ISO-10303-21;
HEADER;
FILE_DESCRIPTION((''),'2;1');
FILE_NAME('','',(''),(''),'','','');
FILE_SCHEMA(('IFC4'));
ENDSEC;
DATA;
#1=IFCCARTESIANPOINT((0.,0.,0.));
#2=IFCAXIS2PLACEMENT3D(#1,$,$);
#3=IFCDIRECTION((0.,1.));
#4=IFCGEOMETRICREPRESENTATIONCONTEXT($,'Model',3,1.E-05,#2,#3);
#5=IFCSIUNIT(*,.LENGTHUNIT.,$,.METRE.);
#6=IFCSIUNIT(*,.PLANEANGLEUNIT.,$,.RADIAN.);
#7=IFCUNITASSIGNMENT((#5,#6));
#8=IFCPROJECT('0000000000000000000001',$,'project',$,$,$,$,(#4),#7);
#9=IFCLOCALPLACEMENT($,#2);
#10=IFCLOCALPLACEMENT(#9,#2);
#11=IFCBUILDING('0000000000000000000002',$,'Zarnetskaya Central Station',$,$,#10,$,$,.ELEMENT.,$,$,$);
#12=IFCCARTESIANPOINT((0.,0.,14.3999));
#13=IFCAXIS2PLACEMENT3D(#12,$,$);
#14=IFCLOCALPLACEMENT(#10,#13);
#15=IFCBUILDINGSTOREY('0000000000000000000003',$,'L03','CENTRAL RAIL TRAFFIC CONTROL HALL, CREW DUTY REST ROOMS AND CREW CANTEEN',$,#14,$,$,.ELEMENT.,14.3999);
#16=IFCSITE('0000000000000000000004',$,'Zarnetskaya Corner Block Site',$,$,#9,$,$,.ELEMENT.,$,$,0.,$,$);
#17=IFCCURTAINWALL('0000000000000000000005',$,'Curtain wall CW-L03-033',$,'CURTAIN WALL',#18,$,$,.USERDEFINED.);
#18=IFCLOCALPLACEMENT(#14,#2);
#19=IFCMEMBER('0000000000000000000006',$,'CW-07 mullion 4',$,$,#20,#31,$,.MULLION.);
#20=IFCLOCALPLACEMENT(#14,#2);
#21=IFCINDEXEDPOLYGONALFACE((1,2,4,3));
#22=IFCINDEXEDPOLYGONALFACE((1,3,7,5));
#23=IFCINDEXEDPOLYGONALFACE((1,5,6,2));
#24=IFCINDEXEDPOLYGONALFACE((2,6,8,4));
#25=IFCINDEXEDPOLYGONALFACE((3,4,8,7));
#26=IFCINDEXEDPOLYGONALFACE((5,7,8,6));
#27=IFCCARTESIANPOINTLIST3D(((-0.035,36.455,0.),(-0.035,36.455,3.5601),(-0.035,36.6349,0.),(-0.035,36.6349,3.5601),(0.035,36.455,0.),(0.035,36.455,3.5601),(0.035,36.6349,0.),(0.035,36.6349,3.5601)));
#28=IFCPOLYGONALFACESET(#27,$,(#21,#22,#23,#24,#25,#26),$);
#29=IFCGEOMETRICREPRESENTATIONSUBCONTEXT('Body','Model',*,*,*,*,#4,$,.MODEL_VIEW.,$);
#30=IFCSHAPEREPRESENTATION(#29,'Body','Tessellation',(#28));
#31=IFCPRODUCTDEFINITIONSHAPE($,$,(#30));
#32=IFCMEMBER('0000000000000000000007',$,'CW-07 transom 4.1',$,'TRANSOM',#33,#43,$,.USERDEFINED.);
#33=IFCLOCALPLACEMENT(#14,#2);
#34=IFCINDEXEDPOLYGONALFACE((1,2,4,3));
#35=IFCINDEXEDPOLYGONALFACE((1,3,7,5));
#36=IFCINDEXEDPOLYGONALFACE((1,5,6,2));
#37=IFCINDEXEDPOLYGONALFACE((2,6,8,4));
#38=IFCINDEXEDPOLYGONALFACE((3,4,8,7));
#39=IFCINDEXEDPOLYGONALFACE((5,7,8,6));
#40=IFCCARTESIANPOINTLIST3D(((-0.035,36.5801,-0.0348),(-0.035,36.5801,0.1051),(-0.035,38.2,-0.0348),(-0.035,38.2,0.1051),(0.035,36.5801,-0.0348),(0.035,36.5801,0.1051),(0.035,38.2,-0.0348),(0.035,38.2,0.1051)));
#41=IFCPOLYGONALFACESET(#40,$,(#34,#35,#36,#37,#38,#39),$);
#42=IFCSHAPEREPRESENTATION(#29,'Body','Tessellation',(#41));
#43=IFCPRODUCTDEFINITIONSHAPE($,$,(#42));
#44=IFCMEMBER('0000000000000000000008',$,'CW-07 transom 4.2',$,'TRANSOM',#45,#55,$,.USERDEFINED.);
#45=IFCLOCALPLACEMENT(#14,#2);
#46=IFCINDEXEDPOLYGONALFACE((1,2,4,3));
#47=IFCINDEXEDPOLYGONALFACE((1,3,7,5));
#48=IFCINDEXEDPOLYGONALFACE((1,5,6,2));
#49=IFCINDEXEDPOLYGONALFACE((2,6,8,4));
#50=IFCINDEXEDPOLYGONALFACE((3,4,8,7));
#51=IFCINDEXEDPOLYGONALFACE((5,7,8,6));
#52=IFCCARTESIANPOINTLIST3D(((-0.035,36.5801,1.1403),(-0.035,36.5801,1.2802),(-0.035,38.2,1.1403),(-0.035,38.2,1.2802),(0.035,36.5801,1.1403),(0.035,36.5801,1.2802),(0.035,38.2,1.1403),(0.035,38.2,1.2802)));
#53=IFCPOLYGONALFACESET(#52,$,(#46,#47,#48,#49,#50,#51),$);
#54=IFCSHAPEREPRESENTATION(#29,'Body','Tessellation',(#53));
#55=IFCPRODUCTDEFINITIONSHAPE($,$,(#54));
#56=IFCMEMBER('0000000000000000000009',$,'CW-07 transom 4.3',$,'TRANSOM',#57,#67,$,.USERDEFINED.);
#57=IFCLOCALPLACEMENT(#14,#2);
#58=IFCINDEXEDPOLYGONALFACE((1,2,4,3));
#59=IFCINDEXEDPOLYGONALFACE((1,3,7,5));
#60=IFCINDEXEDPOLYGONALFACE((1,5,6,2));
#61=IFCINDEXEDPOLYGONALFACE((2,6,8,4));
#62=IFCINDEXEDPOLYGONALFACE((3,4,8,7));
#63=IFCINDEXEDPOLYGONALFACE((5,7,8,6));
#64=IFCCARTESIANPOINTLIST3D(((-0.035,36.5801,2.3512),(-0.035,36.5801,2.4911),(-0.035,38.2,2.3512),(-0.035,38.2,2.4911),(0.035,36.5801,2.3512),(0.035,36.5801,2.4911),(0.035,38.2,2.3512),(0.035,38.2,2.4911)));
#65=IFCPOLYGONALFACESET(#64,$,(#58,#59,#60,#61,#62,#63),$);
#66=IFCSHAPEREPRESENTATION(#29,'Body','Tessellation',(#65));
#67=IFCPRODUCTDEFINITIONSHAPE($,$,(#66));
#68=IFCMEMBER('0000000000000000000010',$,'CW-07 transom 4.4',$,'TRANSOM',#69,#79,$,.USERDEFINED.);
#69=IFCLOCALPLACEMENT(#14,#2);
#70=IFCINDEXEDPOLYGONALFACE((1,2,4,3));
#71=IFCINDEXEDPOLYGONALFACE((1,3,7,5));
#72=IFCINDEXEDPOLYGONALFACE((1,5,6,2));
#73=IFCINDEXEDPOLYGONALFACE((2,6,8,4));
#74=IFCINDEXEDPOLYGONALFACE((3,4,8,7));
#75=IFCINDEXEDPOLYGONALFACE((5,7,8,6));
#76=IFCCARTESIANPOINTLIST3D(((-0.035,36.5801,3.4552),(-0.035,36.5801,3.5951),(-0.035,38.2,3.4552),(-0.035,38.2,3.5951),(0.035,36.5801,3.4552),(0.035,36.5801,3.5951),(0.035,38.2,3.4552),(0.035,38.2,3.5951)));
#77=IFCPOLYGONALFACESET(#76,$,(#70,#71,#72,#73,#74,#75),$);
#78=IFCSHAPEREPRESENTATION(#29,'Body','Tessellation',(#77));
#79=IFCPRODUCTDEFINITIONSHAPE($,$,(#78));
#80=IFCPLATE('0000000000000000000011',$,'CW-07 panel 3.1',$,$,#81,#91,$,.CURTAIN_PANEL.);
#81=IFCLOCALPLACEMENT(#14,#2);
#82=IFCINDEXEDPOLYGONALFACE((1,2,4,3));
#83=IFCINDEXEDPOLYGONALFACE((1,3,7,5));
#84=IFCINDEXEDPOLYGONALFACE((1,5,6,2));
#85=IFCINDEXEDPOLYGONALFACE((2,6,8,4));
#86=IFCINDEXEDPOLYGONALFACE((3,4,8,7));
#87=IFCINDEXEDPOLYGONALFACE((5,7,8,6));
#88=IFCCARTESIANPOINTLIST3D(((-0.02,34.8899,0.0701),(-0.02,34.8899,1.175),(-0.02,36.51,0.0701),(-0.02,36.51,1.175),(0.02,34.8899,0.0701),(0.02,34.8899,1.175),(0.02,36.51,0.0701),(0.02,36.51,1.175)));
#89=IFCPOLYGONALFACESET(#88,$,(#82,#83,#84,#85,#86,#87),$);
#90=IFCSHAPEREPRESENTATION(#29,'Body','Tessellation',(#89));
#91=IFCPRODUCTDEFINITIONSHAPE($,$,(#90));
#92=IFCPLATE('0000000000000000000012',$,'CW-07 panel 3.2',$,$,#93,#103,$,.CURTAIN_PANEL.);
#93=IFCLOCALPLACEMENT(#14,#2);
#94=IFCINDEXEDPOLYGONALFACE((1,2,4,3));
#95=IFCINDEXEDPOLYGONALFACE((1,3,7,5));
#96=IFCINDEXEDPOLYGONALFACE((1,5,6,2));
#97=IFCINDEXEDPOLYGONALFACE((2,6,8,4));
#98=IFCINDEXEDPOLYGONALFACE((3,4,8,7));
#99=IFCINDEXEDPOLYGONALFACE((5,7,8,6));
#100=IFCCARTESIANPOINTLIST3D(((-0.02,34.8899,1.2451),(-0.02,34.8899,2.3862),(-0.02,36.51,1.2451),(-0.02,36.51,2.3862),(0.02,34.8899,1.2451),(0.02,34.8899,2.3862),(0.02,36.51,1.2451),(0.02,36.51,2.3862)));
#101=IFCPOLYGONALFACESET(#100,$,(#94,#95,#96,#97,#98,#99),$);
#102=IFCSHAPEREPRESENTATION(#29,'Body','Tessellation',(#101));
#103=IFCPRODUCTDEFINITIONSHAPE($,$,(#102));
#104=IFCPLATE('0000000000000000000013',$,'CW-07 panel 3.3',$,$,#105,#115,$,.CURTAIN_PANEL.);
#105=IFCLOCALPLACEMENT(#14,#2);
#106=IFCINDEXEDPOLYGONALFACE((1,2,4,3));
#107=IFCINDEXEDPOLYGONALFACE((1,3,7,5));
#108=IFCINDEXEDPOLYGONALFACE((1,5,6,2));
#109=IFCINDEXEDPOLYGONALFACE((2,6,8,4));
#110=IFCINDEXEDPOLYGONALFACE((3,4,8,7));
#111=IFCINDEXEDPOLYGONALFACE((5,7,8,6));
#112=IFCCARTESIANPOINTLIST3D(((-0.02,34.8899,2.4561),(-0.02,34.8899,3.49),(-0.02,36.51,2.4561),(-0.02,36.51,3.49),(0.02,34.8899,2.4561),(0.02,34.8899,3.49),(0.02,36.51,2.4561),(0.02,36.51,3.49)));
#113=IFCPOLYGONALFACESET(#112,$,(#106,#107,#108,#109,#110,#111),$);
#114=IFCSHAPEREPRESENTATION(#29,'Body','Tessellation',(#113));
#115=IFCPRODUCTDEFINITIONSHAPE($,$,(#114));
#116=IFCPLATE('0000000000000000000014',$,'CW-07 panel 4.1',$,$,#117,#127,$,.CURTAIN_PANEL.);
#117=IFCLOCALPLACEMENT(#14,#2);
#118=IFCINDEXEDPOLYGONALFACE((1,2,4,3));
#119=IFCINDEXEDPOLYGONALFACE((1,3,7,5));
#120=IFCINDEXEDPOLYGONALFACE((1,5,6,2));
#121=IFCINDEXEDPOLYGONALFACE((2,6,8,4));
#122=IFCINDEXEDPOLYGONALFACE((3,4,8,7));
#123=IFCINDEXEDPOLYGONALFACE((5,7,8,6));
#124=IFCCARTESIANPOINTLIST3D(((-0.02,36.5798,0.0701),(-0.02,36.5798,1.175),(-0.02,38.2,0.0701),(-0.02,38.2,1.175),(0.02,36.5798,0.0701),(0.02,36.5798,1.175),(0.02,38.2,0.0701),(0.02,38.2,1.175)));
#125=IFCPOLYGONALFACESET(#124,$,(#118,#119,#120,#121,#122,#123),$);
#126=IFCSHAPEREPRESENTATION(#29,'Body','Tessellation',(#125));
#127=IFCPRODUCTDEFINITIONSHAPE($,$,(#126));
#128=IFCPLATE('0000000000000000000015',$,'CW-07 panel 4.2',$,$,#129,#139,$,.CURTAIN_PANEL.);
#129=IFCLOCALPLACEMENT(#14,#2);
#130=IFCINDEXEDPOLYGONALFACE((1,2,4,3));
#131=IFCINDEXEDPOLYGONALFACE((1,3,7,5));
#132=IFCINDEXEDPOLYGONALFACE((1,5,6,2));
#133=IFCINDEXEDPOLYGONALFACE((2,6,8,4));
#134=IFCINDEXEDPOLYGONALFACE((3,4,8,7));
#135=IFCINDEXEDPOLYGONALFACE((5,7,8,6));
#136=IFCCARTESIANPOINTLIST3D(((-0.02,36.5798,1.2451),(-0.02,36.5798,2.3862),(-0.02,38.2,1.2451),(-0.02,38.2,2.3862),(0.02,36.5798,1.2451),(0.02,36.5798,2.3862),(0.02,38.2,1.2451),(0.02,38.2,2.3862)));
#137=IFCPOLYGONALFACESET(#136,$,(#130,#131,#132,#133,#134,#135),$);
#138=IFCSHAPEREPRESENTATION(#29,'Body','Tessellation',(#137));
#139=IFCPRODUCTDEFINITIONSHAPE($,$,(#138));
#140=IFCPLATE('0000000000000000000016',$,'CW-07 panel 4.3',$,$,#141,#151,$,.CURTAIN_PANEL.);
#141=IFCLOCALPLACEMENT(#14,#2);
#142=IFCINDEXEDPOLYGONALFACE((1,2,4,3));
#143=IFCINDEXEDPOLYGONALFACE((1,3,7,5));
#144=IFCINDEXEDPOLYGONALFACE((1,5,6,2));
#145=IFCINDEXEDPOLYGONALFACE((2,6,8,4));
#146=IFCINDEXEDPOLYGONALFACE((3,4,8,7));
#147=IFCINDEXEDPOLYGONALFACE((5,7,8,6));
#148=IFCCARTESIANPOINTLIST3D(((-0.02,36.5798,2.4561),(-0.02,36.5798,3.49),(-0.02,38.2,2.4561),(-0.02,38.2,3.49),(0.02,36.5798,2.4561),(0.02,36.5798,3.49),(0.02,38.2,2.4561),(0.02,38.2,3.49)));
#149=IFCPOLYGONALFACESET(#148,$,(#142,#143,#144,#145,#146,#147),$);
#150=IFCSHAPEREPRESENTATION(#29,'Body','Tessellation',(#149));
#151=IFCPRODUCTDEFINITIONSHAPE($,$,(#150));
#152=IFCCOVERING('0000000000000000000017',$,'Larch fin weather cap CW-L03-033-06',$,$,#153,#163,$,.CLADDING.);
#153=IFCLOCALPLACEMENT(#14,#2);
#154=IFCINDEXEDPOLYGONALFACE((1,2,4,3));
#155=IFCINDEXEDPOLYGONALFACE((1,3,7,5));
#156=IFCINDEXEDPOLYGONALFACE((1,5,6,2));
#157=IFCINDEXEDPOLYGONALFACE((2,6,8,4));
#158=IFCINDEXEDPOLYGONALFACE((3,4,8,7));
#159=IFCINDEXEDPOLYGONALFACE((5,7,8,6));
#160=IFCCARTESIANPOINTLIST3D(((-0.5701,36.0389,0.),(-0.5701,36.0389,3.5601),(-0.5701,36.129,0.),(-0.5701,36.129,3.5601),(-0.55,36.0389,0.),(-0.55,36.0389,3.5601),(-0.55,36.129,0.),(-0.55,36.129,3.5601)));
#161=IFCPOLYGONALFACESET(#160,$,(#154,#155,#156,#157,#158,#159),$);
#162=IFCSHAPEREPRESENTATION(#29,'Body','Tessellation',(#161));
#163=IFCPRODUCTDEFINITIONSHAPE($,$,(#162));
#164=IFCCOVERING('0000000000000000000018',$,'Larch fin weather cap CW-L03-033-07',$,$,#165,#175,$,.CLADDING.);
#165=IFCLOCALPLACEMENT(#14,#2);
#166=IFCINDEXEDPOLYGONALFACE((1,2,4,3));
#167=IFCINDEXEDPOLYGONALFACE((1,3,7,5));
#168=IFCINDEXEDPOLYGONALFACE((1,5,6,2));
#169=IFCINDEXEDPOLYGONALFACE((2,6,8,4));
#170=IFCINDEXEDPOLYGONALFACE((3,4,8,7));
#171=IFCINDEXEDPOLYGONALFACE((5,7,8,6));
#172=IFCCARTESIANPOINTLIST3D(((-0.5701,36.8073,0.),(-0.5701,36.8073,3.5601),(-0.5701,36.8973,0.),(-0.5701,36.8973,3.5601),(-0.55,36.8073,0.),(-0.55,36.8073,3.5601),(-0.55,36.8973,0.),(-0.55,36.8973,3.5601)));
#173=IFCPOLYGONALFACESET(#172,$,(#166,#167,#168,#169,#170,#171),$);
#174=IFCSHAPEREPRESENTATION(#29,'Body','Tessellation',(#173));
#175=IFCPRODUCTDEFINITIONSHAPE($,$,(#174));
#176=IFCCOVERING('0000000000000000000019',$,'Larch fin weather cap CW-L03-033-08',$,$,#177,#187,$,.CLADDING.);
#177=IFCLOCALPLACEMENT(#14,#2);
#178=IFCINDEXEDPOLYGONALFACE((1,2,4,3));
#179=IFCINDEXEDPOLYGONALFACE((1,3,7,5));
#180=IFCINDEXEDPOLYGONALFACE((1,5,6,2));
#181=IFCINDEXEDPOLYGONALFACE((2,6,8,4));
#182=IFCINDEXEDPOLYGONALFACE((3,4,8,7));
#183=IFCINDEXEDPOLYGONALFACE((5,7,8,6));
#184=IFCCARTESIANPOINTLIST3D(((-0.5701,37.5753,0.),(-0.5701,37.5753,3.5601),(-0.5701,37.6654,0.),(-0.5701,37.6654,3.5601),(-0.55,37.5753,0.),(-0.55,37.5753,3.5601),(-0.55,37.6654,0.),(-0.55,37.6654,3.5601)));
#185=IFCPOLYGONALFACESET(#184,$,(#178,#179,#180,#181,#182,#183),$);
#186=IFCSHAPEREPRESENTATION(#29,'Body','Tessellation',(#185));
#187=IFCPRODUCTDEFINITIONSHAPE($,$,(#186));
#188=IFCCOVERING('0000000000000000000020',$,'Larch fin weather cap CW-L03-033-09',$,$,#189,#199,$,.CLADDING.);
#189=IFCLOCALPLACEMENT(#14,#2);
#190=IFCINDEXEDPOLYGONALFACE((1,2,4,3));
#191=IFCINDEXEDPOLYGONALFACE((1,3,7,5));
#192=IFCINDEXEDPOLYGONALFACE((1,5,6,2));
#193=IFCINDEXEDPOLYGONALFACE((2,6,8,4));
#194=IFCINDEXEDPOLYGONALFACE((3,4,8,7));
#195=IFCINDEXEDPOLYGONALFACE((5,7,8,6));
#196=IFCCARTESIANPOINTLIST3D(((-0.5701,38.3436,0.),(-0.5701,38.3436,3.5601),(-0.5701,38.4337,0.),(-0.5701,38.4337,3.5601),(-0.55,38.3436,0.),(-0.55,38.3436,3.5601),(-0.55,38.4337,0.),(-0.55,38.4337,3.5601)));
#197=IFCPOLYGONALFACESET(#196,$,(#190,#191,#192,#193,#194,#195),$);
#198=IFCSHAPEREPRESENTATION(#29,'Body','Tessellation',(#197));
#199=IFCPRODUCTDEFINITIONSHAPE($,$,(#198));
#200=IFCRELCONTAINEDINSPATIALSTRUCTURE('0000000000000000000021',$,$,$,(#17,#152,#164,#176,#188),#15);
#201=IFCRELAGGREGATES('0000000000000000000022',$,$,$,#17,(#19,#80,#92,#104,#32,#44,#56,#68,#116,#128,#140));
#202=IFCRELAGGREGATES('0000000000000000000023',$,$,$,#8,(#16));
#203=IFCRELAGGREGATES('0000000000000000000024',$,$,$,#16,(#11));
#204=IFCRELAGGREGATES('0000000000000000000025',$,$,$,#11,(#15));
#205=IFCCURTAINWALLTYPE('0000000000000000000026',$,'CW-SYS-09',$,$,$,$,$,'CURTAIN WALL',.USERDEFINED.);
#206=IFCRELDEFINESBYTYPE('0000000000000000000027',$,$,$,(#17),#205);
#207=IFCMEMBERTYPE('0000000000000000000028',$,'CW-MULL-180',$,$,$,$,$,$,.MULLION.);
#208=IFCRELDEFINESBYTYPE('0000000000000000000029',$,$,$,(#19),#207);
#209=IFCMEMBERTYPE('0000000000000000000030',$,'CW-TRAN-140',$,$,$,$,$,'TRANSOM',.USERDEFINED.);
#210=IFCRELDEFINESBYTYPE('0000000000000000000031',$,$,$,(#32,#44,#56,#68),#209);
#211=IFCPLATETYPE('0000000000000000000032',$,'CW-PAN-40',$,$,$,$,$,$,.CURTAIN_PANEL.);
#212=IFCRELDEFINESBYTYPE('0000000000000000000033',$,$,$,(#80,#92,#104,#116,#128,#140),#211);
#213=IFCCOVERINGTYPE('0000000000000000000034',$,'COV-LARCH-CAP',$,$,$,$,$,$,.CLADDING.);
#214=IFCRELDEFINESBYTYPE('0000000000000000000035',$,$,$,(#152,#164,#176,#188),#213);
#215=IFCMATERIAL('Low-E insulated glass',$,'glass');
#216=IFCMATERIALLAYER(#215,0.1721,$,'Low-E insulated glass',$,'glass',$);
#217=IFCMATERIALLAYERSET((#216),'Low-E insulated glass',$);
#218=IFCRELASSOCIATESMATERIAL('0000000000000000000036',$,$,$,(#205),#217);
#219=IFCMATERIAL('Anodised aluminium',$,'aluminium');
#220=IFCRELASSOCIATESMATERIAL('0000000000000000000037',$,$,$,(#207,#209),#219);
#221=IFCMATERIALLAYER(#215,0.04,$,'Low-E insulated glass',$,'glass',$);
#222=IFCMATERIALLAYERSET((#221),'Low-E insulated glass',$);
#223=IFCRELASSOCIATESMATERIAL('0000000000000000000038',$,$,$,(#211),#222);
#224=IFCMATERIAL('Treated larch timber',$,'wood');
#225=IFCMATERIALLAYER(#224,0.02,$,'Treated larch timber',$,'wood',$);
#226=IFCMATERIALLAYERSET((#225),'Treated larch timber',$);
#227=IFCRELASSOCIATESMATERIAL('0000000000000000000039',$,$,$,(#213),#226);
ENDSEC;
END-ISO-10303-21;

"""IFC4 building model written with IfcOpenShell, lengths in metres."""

from ifc_helpers import new_model, si_unit, direction, frame, origin, origin_2d, place, context, subcontext, project, spatial, rectangle, extrude, material, layer, layer_set, material_profile, profile_set, type_object, element, aggregate, save


model = new_model("IFC4")

# Units and contexts
model_context = context("Model", 3, precision=1e-05, world=origin(), true_north=direction((0.0, 1.0)))
body_context = subcontext(model_context, "Body", "Model", "MODEL_VIEW")
ifc_project = project(units=[si_unit("LENGTHUNIT", "METRE"), si_unit("PLANEANGLEUNIT", "RADIAN")], contexts=[model_context])

# Site, building, storey
site_placement = place(None, origin())
site = spatial("IfcSite", under=ifc_project, at=site_placement, Name="Zarnetskaya Corner Block Site", CompositionType="ELEMENT", RefElevation=0.0)
building_placement = place(site_placement, origin())
building = spatial("IfcBuilding", under=site, at=building_placement, Name="Zarnetskaya Central Station", CompositionType="ELEMENT")
storey_placement = place(building_placement, frame((0.0, 0.0, 14.3999)))
storey = spatial("IfcBuildingStorey", under=building, at=storey_placement, Name="L03", Description="CENTRAL RAIL TRAFFIC CONTROL HALL, CREW DUTY REST ROOMS AND CREW CANTEEN", CompositionType="ELEMENT", Elevation=14.3999)

# Curtain wall, members, plates
ifc_material_1 = material(Name="Low-E insulated glass", Category="glass")
ifc_layer_1 = layer(ifc_material_1, 0.1721, Name="Low-E insulated glass", Category="glass")
ifc_layer_set_1 = layer_set([ifc_layer_1], Name="Low-E insulated glass")
curtain_wall_type = type_object("IfcCurtainWallType", Name="CW-SYS-09", ElementType="CURTAIN WALL", PredefinedType="USERDEFINED", material=ifc_layer_set_1)
curtain_wall_placement = place(storey_placement, origin())
curtain_wall = element("IfcCurtainWall", 1, at=curtain_wall_placement, inside=storey, type_object=curtain_wall_type, Name="Curtain wall CW-L03-033", ObjectType="CURTAIN WALL", PredefinedType="USERDEFINED")
ifc_material_2 = material(Name="Anodised aluminium", Category="aluminium")
ifc_material_profile_1 = material_profile(ifc_material_2, rectangle(XDim=0.0701, YDim=0.1799, at=origin_2d()), Name="ALU MULL 70x180")
ifc_profile_set_1 = profile_set([ifc_material_profile_1], Name="Anodised aluminium")
member_type_1 = type_object("IfcMemberType", Name="CW-MULL-180", PredefinedType="MULLION", material=ifc_profile_set_1)
member_1_placement = place(storey_placement, frame((0.0, 36.5449, 0.0), z_axis=(0.0, 0.0, 1.0), x_axis=(-1.0, 0.0, 0.0)))
member_1 = element("IfcMember", 2, at=member_1_placement, type_object=member_type_1, Name="CW-07 mullion 4", PredefinedType="MULLION", context=body_context, shape_type="SweptSolid", body=[
    extrude(rectangle(XDim=0.0701, YDim=0.1799, at=origin_2d()), origin(), (0.0, 0.0, 1.0), 3.5601),
])
ifc_material_profile_2 = material_profile(ifc_material_2, rectangle(XDim=0.0701, YDim=0.1399, at=origin_2d()), Name="ALU TRAN 70x140")
ifc_profile_set_2 = profile_set([ifc_material_profile_2], Name="Anodised aluminium")
member_type_2 = type_object("IfcMemberType", Name="CW-TRAN-140", ElementType="TRANSOM", PredefinedType="USERDEFINED", material=ifc_profile_set_2)
member_2_placement = place(storey_placement, frame((0.0, 36.5801, 0.0352), z_axis=(0.0, 1.0, 0.0), x_axis=(-1.0, 0.0, 0.0)))
member_2 = element("IfcMember", 3, at=member_2_placement, type_object=member_type_2, Name="CW-07 transom 4.1", ObjectType="TRANSOM", PredefinedType="USERDEFINED", context=body_context, shape_type="SweptSolid", body=[
    extrude(rectangle(XDim=0.0701, YDim=0.1399, at=origin_2d()), origin(), (0.0, 0.0, 1.0), 1.6199),
])
member_3_placement = place(storey_placement, frame((0.0, 36.5801, 1.2102), z_axis=(0.0, 1.0, 0.0), x_axis=(-1.0, 0.0, 0.0)))
member_3 = element("IfcMember", 4, at=member_3_placement, type_object=member_type_2, Name="CW-07 transom 4.2", ObjectType="TRANSOM", PredefinedType="USERDEFINED", context=body_context, shape_type="SweptSolid", body=[
    extrude(rectangle(XDim=0.0701, YDim=0.1399, at=origin_2d()), origin(), (0.0, 0.0, 1.0), 1.6199),
])
member_4_placement = place(storey_placement, frame((0.0, 36.5801, 2.4211), z_axis=(0.0, 1.0, 0.0), x_axis=(-1.0, 0.0, 0.0)))
member_4 = element("IfcMember", 5, at=member_4_placement, type_object=member_type_2, Name="CW-07 transom 4.3", ObjectType="TRANSOM", PredefinedType="USERDEFINED", context=body_context, shape_type="SweptSolid", body=[
    extrude(rectangle(XDim=0.0701, YDim=0.1399, at=origin_2d()), origin(), (0.0, 0.0, 1.0), 1.6199),
])
member_5_placement = place(storey_placement, frame((0.0, 36.5801, 3.5251), z_axis=(0.0, 1.0, 0.0), x_axis=(-1.0, 0.0, 0.0)))
member_5 = element("IfcMember", 6, at=member_5_placement, type_object=member_type_2, Name="CW-07 transom 4.4", ObjectType="TRANSOM", PredefinedType="USERDEFINED", context=body_context, shape_type="SweptSolid", body=[
    extrude(rectangle(XDim=0.0701, YDim=0.1399, at=origin_2d()), origin(), (0.0, 0.0, 1.0), 1.6199),
])
ifc_layer_2 = layer(ifc_material_1, 0.04, Name="Low-E insulated glass", Category="glass")
ifc_layer_set_2 = layer_set([ifc_layer_2], Name="Low-E insulated glass")
plate_type = type_object("IfcPlateType", Name="CW-PAN-40", PredefinedType="CURTAIN_PANEL", material=ifc_layer_set_2)
plate_1_placement = place(storey_placement, frame((0.0, 35.7, 0.0701), z_axis=(0.0, 0.0, 1.0), x_axis=(0.0, 1.0, 0.0)))
plate_1 = element("IfcPlate", 7, at=plate_1_placement, type_object=plate_type, Name="CW-07 panel 3.1", PredefinedType="CURTAIN_PANEL", context=body_context, shape_type="SweptSolid", body=[
    extrude(rectangle(XDim=1.6201, YDim=0.04, at=origin_2d()), origin(), (0.0, 0.0, 1.0), 1.105),
])
plate_2_placement = place(storey_placement, frame((0.0, 35.7, 1.2451), z_axis=(0.0, 0.0, 1.0), x_axis=(0.0, 1.0, 0.0)))
plate_2 = element("IfcPlate", 8, at=plate_2_placement, type_object=plate_type, Name="CW-07 panel 3.2", PredefinedType="CURTAIN_PANEL", context=body_context, shape_type="SweptSolid", body=[
    extrude(rectangle(XDim=1.6201, YDim=0.04, at=origin_2d()), origin(), (0.0, 0.0, 1.0), 1.1411),
])
plate_3_placement = place(storey_placement, frame((0.0, 35.7, 2.4561), z_axis=(0.0, 0.0, 1.0), x_axis=(0.0, 1.0, 0.0)))
plate_3 = element("IfcPlate", 9, at=plate_3_placement, type_object=plate_type, Name="CW-07 panel 3.3", PredefinedType="CURTAIN_PANEL", context=body_context, shape_type="SweptSolid", body=[
    extrude(rectangle(XDim=1.6201, YDim=0.04, at=origin_2d()), origin(), (0.0, 0.0, 1.0), 1.0339),
])
plate_4_placement = place(storey_placement, frame((0.0, 37.3899, 0.0701), z_axis=(0.0, 0.0, 1.0), x_axis=(0.0, 1.0, 0.0)))
plate_4 = element("IfcPlate", 10, at=plate_4_placement, type_object=plate_type, Name="CW-07 panel 4.1", PredefinedType="CURTAIN_PANEL", context=body_context, shape_type="SweptSolid", body=[
    extrude(rectangle(XDim=1.6201, YDim=0.04, at=origin_2d()), origin(), (0.0, 0.0, 1.0), 1.105),
])
plate_5_placement = place(storey_placement, frame((0.0, 37.3899, 1.2451), z_axis=(0.0, 0.0, 1.0), x_axis=(0.0, 1.0, 0.0)))
plate_5 = element("IfcPlate", 11, at=plate_5_placement, type_object=plate_type, Name="CW-07 panel 4.2", PredefinedType="CURTAIN_PANEL", context=body_context, shape_type="SweptSolid", body=[
    extrude(rectangle(XDim=1.6201, YDim=0.04, at=origin_2d()), origin(), (0.0, 0.0, 1.0), 1.1411),
])
plate_6_placement = place(storey_placement, frame((0.0, 37.3899, 2.4561), z_axis=(0.0, 0.0, 1.0), x_axis=(0.0, 1.0, 0.0)))
plate_6 = element("IfcPlate", 12, at=plate_6_placement, type_object=plate_type, Name="CW-07 panel 4.3", PredefinedType="CURTAIN_PANEL", context=body_context, shape_type="SweptSolid", body=[
    extrude(rectangle(XDim=1.6201, YDim=0.04, at=origin_2d()), origin(), (0.0, 0.0, 1.0), 1.0339),
])
aggregate(curtain_wall, [member_1, plate_1, plate_2, plate_3, member_2, member_3, member_4, member_5, plate_4, plate_5, plate_6])

# Coverings
ifc_material_3 = material(Name="Treated larch timber", Category="wood")
ifc_layer_3 = layer(ifc_material_3, 0.02, Name="Treated larch timber", Category="wood")
ifc_layer_set_3 = layer_set([ifc_layer_3], Name="Treated larch timber")
covering_type = type_object("IfcCoveringType", Name="COV-LARCH-CAP", PredefinedType="CLADDING", material=ifc_layer_set_3)
for number, where, z_axis, x_axis, name in (
    (13, (-0.5601, 36.084, 0.0), (0.0, 0.0, 1.0), (0.0, 1.0, 0.0), "Larch fin weather cap CW-L03-033-06"),
    (14, (-0.5601, 36.8523, 0.0), (0.0, 0.0, 1.0), (0.0, 1.0, 0.0), "Larch fin weather cap CW-L03-033-07"),
    (15, (-0.5601, 37.6204, 0.0), (0.0, 0.0, 1.0), (0.0, 1.0, 0.0), "Larch fin weather cap CW-L03-033-08"),
    (16, (-0.5601, 38.3887, 0.0), (0.0, 0.0, 1.0), (0.0, 1.0, 0.0), "Larch fin weather cap CW-L03-033-09"),
):
    element("IfcCovering", number, at=place(storey_placement, frame(where, z_axis=z_axis, x_axis=x_axis)), inside=storey, type_object=covering_type, Name=name, PredefinedType="CLADDING", context=body_context, shape_type="SweptSolid", body=[
        extrude(rectangle(XDim=0.0901, YDim=0.02, at=origin_2d()), origin(), (0.0, 0.0, 1.0), 3.5601),
    ])

save(model, "model.ifc")
